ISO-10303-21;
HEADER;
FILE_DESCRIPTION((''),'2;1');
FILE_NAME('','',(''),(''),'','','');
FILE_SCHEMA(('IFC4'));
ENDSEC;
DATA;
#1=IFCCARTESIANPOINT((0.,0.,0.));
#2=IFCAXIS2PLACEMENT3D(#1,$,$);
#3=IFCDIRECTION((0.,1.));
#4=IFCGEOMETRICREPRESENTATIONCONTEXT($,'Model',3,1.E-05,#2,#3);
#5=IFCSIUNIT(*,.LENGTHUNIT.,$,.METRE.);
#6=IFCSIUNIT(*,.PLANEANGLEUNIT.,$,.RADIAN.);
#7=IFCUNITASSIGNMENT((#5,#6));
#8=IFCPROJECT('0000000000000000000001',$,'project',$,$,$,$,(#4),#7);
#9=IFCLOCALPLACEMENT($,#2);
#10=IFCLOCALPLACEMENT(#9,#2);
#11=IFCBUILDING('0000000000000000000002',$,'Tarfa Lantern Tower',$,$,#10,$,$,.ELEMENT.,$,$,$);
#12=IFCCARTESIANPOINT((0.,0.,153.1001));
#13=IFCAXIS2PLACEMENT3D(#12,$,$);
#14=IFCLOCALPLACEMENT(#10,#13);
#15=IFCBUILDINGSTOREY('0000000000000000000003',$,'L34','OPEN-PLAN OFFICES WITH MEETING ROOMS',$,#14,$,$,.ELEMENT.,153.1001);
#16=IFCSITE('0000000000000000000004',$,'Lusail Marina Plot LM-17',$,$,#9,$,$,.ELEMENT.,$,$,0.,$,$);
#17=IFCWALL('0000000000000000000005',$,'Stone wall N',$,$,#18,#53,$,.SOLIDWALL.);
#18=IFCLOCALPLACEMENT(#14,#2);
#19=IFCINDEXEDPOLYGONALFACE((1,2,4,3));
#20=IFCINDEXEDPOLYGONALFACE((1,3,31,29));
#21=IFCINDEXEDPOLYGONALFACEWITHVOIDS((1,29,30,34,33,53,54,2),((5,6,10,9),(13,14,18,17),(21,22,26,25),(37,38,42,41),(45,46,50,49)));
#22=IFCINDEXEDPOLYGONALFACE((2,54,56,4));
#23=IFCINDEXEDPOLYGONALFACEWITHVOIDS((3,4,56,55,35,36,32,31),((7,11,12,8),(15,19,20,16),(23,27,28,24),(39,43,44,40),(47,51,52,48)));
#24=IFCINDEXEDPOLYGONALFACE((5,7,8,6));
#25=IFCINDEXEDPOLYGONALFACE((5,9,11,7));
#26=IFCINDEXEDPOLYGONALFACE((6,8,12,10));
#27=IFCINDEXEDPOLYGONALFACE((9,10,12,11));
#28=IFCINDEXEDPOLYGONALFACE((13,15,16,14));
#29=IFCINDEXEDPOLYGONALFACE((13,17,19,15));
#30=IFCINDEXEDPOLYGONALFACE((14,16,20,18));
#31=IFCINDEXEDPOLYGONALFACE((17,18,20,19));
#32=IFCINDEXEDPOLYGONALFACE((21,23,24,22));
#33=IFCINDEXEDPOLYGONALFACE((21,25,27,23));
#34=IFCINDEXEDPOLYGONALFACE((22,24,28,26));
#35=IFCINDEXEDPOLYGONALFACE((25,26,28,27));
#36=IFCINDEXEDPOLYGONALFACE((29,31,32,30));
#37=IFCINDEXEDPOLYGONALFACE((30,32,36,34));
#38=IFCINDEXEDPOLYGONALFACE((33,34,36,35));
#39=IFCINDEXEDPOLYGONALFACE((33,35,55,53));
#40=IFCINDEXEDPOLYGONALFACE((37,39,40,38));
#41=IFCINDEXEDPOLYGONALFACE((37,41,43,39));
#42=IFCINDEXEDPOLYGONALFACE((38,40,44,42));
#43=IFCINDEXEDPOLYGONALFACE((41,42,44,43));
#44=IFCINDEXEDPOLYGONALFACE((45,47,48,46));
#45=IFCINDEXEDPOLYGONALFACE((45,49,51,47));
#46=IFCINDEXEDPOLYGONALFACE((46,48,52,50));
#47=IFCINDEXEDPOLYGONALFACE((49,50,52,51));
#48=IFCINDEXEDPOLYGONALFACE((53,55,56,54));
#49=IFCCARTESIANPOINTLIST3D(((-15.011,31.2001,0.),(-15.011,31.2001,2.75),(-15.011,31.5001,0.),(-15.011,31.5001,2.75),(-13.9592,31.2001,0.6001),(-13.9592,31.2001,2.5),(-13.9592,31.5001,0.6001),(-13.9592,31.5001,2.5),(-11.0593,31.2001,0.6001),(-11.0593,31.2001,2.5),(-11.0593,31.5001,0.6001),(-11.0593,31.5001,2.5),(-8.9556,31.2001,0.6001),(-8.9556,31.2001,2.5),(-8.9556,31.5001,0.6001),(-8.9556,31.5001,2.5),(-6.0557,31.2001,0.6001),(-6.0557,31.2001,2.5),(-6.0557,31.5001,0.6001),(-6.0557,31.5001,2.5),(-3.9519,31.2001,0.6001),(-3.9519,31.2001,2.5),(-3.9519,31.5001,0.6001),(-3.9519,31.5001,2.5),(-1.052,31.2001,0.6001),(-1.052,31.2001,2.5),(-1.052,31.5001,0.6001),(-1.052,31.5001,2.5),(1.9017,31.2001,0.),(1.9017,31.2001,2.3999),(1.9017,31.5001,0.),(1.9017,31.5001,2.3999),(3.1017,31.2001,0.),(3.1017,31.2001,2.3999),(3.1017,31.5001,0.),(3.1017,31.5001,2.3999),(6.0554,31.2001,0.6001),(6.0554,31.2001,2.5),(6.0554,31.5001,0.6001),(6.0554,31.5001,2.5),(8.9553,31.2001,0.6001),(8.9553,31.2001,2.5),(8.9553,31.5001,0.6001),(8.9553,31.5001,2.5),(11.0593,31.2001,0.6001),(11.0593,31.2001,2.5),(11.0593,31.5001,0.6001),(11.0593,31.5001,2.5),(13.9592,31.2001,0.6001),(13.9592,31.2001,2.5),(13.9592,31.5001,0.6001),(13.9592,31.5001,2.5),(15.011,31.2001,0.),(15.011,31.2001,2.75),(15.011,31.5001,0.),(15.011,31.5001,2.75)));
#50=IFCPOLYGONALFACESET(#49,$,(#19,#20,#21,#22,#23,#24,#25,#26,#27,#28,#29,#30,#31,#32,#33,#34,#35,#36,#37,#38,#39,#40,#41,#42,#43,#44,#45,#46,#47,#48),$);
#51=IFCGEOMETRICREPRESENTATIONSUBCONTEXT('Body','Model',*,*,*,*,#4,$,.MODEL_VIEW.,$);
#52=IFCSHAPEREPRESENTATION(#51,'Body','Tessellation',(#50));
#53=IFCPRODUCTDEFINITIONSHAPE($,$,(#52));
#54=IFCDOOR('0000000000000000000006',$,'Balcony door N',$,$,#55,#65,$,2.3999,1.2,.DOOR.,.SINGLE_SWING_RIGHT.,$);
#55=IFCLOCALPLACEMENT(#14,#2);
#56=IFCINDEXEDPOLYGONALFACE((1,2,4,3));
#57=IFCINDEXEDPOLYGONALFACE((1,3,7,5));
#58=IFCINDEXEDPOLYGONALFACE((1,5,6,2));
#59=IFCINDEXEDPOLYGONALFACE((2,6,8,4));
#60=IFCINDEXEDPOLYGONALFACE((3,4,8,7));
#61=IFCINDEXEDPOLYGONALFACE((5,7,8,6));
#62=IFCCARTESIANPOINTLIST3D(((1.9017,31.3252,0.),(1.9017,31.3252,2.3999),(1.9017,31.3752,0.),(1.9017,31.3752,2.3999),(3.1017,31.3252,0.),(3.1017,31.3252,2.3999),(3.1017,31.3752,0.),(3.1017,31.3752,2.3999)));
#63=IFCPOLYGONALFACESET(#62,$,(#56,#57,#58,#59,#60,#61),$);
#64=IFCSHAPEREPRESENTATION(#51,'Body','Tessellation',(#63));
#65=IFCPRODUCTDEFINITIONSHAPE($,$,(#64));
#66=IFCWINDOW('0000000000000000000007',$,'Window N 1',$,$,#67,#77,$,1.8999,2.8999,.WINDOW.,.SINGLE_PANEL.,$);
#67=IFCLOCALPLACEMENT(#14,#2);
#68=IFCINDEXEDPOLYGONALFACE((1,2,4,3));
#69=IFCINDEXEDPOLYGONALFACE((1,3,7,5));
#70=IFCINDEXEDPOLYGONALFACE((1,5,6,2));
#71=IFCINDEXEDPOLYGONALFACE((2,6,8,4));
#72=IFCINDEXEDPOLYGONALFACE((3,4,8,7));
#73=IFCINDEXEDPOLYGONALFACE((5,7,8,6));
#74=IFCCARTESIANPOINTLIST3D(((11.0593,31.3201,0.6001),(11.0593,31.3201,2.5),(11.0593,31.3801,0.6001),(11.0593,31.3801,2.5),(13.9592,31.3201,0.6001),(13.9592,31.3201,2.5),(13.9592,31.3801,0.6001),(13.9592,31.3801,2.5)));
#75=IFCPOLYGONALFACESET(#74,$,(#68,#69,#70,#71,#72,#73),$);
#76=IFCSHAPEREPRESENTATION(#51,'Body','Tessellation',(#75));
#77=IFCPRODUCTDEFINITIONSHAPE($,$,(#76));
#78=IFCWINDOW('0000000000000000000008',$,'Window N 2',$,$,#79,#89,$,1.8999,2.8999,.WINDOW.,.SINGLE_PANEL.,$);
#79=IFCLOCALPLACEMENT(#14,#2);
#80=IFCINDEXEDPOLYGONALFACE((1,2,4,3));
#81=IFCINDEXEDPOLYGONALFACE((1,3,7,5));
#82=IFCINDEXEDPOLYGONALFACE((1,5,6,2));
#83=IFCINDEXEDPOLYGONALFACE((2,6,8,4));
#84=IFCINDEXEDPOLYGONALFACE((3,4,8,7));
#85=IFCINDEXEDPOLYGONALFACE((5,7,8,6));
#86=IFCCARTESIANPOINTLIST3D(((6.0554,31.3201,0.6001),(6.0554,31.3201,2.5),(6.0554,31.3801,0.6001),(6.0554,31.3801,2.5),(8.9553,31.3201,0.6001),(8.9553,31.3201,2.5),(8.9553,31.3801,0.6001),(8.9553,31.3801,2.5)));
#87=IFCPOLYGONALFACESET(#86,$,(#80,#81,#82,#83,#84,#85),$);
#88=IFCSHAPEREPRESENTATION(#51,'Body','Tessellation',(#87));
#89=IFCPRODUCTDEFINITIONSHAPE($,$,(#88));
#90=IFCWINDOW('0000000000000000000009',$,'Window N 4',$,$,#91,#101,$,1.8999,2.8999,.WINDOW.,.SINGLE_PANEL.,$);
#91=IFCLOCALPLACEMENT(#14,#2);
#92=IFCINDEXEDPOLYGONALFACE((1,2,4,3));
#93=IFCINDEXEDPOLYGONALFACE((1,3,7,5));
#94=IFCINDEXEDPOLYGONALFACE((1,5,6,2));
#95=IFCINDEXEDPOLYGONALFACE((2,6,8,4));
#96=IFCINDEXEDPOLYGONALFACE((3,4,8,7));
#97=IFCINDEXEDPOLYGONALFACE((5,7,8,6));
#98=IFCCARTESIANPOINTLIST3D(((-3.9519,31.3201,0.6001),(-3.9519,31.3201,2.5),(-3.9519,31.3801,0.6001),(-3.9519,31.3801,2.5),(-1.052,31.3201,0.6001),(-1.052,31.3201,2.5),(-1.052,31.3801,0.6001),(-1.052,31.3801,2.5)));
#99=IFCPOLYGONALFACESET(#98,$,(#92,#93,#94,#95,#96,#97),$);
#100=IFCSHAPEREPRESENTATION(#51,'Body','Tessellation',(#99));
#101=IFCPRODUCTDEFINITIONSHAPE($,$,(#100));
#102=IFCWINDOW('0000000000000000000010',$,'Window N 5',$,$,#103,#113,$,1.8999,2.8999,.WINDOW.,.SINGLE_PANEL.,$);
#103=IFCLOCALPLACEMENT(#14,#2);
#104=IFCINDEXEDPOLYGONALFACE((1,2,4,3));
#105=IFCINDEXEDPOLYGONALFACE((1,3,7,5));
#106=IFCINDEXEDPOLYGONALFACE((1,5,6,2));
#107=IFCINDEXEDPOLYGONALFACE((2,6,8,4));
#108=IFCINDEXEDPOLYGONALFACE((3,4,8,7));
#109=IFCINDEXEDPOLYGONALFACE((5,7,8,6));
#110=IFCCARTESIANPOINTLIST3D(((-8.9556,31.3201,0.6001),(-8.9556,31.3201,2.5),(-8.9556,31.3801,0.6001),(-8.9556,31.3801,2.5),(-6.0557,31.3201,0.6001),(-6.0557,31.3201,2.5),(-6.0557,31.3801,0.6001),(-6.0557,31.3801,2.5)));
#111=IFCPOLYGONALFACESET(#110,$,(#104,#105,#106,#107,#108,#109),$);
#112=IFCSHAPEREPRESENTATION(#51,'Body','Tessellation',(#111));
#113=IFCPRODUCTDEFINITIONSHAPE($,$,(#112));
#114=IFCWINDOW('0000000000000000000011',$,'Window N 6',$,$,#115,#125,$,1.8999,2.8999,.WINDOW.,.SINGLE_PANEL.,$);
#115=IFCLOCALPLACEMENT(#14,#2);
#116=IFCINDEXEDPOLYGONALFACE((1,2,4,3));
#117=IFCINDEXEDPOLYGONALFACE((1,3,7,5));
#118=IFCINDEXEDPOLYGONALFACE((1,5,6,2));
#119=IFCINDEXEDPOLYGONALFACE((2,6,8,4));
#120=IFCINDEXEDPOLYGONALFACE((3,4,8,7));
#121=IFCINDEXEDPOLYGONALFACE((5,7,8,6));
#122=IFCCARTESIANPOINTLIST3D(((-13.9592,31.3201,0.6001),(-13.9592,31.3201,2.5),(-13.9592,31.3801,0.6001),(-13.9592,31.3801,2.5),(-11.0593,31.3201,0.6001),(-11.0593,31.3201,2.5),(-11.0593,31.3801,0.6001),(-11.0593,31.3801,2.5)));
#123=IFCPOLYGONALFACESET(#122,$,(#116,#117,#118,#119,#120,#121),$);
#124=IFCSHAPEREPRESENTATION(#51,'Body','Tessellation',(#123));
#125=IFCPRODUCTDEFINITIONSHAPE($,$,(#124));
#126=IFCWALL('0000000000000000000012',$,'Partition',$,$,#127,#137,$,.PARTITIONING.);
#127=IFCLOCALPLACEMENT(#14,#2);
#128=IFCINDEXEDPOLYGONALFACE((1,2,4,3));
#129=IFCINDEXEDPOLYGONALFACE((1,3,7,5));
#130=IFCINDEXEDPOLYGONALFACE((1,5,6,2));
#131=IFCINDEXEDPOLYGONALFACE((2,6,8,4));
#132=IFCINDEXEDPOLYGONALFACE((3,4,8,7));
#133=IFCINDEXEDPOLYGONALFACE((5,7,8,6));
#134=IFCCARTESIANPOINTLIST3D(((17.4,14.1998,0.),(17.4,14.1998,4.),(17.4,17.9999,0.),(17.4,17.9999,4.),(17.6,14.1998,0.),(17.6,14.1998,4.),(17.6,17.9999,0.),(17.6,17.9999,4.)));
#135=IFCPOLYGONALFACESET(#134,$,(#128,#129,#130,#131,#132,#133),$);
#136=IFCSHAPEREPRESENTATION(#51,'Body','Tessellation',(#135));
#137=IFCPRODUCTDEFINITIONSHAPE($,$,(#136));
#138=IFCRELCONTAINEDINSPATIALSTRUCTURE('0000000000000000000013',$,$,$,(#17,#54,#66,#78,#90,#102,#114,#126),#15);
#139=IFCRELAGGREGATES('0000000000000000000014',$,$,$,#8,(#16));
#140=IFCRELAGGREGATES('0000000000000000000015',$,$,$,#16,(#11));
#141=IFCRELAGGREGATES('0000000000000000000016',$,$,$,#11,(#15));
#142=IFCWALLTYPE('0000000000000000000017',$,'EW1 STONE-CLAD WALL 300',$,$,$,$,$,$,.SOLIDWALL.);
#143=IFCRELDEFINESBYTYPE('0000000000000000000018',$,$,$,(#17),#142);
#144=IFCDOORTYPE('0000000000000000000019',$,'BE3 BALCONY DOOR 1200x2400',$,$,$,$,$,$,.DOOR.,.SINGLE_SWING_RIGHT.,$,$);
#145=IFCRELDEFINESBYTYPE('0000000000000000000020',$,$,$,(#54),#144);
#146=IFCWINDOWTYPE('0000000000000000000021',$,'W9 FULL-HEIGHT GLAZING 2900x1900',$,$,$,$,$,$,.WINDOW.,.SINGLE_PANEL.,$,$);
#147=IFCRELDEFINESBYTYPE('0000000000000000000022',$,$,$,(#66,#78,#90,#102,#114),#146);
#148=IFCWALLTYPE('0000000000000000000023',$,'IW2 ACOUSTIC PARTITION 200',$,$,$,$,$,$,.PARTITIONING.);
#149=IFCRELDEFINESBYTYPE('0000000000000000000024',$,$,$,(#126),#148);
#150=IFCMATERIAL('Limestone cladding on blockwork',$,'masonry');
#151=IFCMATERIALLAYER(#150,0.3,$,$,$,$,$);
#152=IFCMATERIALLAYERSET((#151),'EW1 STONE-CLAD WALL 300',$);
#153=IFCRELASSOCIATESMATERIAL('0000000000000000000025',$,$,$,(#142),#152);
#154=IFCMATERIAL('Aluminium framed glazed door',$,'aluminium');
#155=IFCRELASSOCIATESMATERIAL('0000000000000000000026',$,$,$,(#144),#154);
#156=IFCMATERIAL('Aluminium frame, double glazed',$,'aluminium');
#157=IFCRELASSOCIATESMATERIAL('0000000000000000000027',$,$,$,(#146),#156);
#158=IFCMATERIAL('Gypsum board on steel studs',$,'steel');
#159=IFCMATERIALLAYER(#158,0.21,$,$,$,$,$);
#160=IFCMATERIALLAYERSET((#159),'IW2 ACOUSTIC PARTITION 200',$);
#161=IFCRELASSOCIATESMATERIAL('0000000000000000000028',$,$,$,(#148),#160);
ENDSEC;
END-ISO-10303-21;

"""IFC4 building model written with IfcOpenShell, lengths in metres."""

from ifc_helpers import new_model, si_unit, direction, frame, frame_2d, origin, place, context, subcontext, project, spatial, rectangle, extrude, material, layer, layer_set, type_object, element, fill, save


model = new_model("IFC4")

# Units and contexts
model_context = context("Model", 3, precision=1e-05, world=origin(), true_north=direction((0.0, 1.0)))
body_context = subcontext(model_context, "Body", "Model", "MODEL_VIEW")
ifc_project = project(units=[si_unit("LENGTHUNIT", "METRE"), si_unit("PLANEANGLEUNIT", "RADIAN")], contexts=[model_context])

# Site, building, storey
site_placement = place(None, origin())
site = spatial("IfcSite", under=ifc_project, at=site_placement, Name="Lusail Marina Plot LM-17", CompositionType="ELEMENT", RefElevation=0.0)
building_placement = place(site_placement, origin())
building = spatial("IfcBuilding", under=site, at=building_placement, Name="Tarfa Lantern Tower", CompositionType="ELEMENT")
storey_placement = place(building_placement, frame((0.0, 0.0, 153.1001)))
storey = spatial("IfcBuildingStorey", under=building, at=storey_placement, Name="L34", Description="OPEN-PLAN OFFICES WITH MEETING ROOMS", CompositionType="ELEMENT", Elevation=153.1001)

# Wall, openings, door, windows
ifc_material_1 = material(Name="Limestone cladding on blockwork", Category="masonry")
ifc_layer_1 = layer(ifc_material_1, 0.3)
ifc_layer_set_1 = layer_set([ifc_layer_1], Name="EW1 STONE-CLAD WALL 300")
wall_type_1 = type_object("IfcWallType", Name="EW1 STONE-CLAD WALL 300", PredefinedType="SOLIDWALL", material=ifc_layer_set_1)
wall_1_placement = place(storey_placement, frame((15.011, 31.3501, 0.0), z_axis=(0.0, 0.0, 1.0), x_axis=(-1.0, 0.0, 0.0)))
wall_1 = element("IfcWall", 1, at=wall_1_placement, inside=storey, type_object=wall_type_1, Name="Stone wall N", PredefinedType="SOLIDWALL", context=body_context, shape_type="SweptSolid", body=[
    extrude(rectangle(XDim=30.022, YDim=0.3, at=frame_2d((15.011, 0.0))), origin(), (0.0, 0.0, 1.0), 2.75),
])
opening_1_placement = place(wall_1_placement, frame((1.0518, 0.0, 0.6001)))
opening_1 = element("IfcOpeningElement", 2, at=opening_1_placement, cuts=wall_1, PredefinedType="OPENING", context=body_context, shape_type="SweptSolid", body=[
    extrude(rectangle(XDim=2.8999, YDim=1.8999, at=frame_2d((1.45, 0.95))), frame((0.0, 0.1599, 0.0), z_axis=(0.0, -1.0, 0.0), x_axis=(1.0, 0.0, 0.0)), (0.0, 0.0, 1.0), 0.3201),
])
opening_2_placement = place(wall_1_placement, frame((6.0557, 0.0, 0.6001)))
opening_2 = element("IfcOpeningElement", 3, at=opening_2_placement, cuts=wall_1, PredefinedType="OPENING", context=body_context, shape_type="SweptSolid", body=[
    extrude(rectangle(XDim=2.8999, YDim=1.8999, at=frame_2d((1.45, 0.95))), frame((0.0, 0.1599, 0.0), z_axis=(0.0, -1.0, 0.0), x_axis=(1.0, 0.0, 0.0)), (0.0, 0.0, 1.0), 0.3201),
])
opening_3_placement = place(wall_1_placement, frame((11.9092, 0.0, 0.0)))
opening_3 = element("IfcOpeningElement", 4, at=opening_3_placement, cuts=wall_1, PredefinedType="OPENING", context=body_context, shape_type="SweptSolid", body=[
    extrude(rectangle(XDim=1.2, YDim=2.3999, at=frame_2d((0.6001, 1.2))), frame((0.0, 0.1599, 0.0), z_axis=(0.0, -1.0, 0.0), x_axis=(1.0, 0.0, 0.0)), (0.0, 0.0, 1.0), 0.3201),
])
opening_4_placement = place(wall_1_placement, frame((16.063, 0.0, 0.6001)))
opening_4 = element("IfcOpeningElement", 5, at=opening_4_placement, cuts=wall_1, PredefinedType="OPENING", context=body_context, shape_type="SweptSolid", body=[
    extrude(rectangle(XDim=2.8999, YDim=1.8999, at=frame_2d((1.45, 0.95))), frame((0.0, 0.1599, 0.0), z_axis=(0.0, -1.0, 0.0), x_axis=(1.0, 0.0, 0.0)), (0.0, 0.0, 1.0), 0.3201),
])
opening_5_placement = place(wall_1_placement, frame((21.0667, 0.0, 0.6001)))
opening_5 = element("IfcOpeningElement", 6, at=opening_5_placement, cuts=wall_1, PredefinedType="OPENING", context=body_context, shape_type="SweptSolid", body=[
    extrude(rectangle(XDim=2.8999, YDim=1.8999, at=frame_2d((1.45, 0.95))), frame((0.0, 0.1599, 0.0), z_axis=(0.0, -1.0, 0.0), x_axis=(1.0, 0.0, 0.0)), (0.0, 0.0, 1.0), 0.3201),
])
opening_6_placement = place(wall_1_placement, frame((26.0703, 0.0, 0.6001)))
opening_6 = element("IfcOpeningElement", 7, at=opening_6_placement, cuts=wall_1, PredefinedType="OPENING", context=body_context, shape_type="SweptSolid", body=[
    extrude(rectangle(XDim=2.8999, YDim=1.8999, at=frame_2d((1.45, 0.95))), frame((0.0, 0.1599, 0.0), z_axis=(0.0, -1.0, 0.0), x_axis=(1.0, 0.0, 0.0)), (0.0, 0.0, 1.0), 0.3201),
])
ifc_material_2 = material(Name="Aluminium framed glazed door", Category="aluminium")
door_type_1 = type_object("IfcDoorType", Name="BE3 BALCONY DOOR 1200x2400", OperationType="SINGLE_SWING_RIGHT", PredefinedType="DOOR", material=ifc_material_2)
door_1_placement = place(opening_3_placement, origin())
door_1 = element("IfcDoor", 8, at=door_1_placement, inside=storey, type_object=door_type_1, Name="Balcony door N", OperationType="SINGLE_SWING_RIGHT", OverallHeight=2.3999, OverallWidth=1.2, PredefinedType="DOOR", context=body_context, shape_type="SweptSolid", body=[
    extrude(rectangle(XDim=1.2, YDim=2.3999, at=frame_2d((0.6001, 1.2))), frame((0.0, 0.0249, 0.0), z_axis=(0.0, -1.0, 0.0), x_axis=(1.0, 0.0, 0.0)), (0.0, 0.0, 1.0), 0.05),
])
fill(opening_3, door_1)
ifc_material_3 = material(Name="Aluminium frame, double glazed", Category="aluminium")
window_type = type_object("IfcWindowType", Name="W9 FULL-HEIGHT GLAZING 2900x1900", PartitioningType="SINGLE_PANEL", PredefinedType="WINDOW", material=ifc_material_3)
window_1_placement = place(opening_1_placement, origin())
window_1 = element("IfcWindow", 9, at=window_1_placement, inside=storey, type_object=window_type, Name="Window N 1", OverallHeight=1.8999, OverallWidth=2.8999, PartitioningType="SINGLE_PANEL", PredefinedType="WINDOW", context=body_context, shape_type="SweptSolid", body=[
    extrude(rectangle(XDim=2.8999, YDim=1.8999, at=frame_2d((1.45, 0.95))), frame((0.0, 0.03, 0.0), z_axis=(0.0, -1.0, 0.0), x_axis=(1.0, 0.0, 0.0)), (0.0, 0.0, 1.0), 0.0601),
])
fill(opening_1, window_1)
window_2_placement = place(opening_2_placement, origin())
window_2 = element("IfcWindow", 10, at=window_2_placement, inside=storey, type_object=window_type, Name="Window N 2", OverallHeight=1.8999, OverallWidth=2.8999, PartitioningType="SINGLE_PANEL", PredefinedType="WINDOW", context=body_context, shape_type="SweptSolid", body=[
    extrude(rectangle(XDim=2.8999, YDim=1.8999, at=frame_2d((1.45, 0.95))), frame((0.0, 0.03, 0.0), z_axis=(0.0, -1.0, 0.0), x_axis=(1.0, 0.0, 0.0)), (0.0, 0.0, 1.0), 0.0601),
])
fill(opening_2, window_2)
window_3_placement = place(opening_4_placement, origin())
window_3 = element("IfcWindow", 11, at=window_3_placement, inside=storey, type_object=window_type, Name="Window N 4", OverallHeight=1.8999, OverallWidth=2.8999, PartitioningType="SINGLE_PANEL", PredefinedType="WINDOW", context=body_context, shape_type="SweptSolid", body=[
    extrude(rectangle(XDim=2.8999, YDim=1.8999, at=frame_2d((1.45, 0.95))), frame((0.0, 0.03, 0.0), z_axis=(0.0, -1.0, 0.0), x_axis=(1.0, 0.0, 0.0)), (0.0, 0.0, 1.0), 0.0601),
])
fill(opening_4, window_3)
window_4_placement = place(opening_5_placement, origin())
window_4 = element("IfcWindow", 12, at=window_4_placement, inside=storey, type_object=window_type, Name="Window N 5", OverallHeight=1.8999, OverallWidth=2.8999, PartitioningType="SINGLE_PANEL", PredefinedType="WINDOW", context=body_context, shape_type="SweptSolid", body=[
    extrude(rectangle(XDim=2.8999, YDim=1.8999, at=frame_2d((1.45, 0.95))), frame((0.0, 0.03, 0.0), z_axis=(0.0, -1.0, 0.0), x_axis=(1.0, 0.0, 0.0)), (0.0, 0.0, 1.0), 0.0601),
])
fill(opening_5, window_4)
window_5_placement = place(opening_6_placement, origin())
window_5 = element("IfcWindow", 13, at=window_5_placement, inside=storey, type_object=window_type, Name="Window N 6", OverallHeight=1.8999, OverallWidth=2.8999, PartitioningType="SINGLE_PANEL", PredefinedType="WINDOW", context=body_context, shape_type="SweptSolid", body=[
    extrude(rectangle(XDim=2.8999, YDim=1.8999, at=frame_2d((1.45, 0.95))), frame((0.0, 0.03, 0.0), z_axis=(0.0, -1.0, 0.0), x_axis=(1.0, 0.0, 0.0)), (0.0, 0.0, 1.0), 0.0601),
])
fill(opening_6, window_5)

# Wall
ifc_material_4 = material(Name="Gypsum board on steel studs", Category="steel")
ifc_layer_2 = layer(ifc_material_4, 0.21)
ifc_layer_set_2 = layer_set([ifc_layer_2], Name="IW2 ACOUSTIC PARTITION 200")
wall_type_2 = type_object("IfcWallType", Name="IW2 ACOUSTIC PARTITION 200", PredefinedType="PARTITIONING", material=ifc_layer_set_2)
wall_2_placement = place(storey_placement, frame((17.5, 14.2, 0.0), z_axis=(0.0, 0.0, 1.0), x_axis=(0.0, 1.0, 0.0)))
element("IfcWall", 14, at=wall_2_placement, inside=storey, type_object=wall_type_2, Name="Partition", PredefinedType="PARTITIONING", context=body_context, shape_type="SweptSolid", body=[
    extrude(rectangle(XDim=3.8, YDim=0.2, at=frame_2d((1.8999, 0.0))), origin(), (0.0, 0.0, 1.0), 4.0),
])

save(model, "model.ifc")
